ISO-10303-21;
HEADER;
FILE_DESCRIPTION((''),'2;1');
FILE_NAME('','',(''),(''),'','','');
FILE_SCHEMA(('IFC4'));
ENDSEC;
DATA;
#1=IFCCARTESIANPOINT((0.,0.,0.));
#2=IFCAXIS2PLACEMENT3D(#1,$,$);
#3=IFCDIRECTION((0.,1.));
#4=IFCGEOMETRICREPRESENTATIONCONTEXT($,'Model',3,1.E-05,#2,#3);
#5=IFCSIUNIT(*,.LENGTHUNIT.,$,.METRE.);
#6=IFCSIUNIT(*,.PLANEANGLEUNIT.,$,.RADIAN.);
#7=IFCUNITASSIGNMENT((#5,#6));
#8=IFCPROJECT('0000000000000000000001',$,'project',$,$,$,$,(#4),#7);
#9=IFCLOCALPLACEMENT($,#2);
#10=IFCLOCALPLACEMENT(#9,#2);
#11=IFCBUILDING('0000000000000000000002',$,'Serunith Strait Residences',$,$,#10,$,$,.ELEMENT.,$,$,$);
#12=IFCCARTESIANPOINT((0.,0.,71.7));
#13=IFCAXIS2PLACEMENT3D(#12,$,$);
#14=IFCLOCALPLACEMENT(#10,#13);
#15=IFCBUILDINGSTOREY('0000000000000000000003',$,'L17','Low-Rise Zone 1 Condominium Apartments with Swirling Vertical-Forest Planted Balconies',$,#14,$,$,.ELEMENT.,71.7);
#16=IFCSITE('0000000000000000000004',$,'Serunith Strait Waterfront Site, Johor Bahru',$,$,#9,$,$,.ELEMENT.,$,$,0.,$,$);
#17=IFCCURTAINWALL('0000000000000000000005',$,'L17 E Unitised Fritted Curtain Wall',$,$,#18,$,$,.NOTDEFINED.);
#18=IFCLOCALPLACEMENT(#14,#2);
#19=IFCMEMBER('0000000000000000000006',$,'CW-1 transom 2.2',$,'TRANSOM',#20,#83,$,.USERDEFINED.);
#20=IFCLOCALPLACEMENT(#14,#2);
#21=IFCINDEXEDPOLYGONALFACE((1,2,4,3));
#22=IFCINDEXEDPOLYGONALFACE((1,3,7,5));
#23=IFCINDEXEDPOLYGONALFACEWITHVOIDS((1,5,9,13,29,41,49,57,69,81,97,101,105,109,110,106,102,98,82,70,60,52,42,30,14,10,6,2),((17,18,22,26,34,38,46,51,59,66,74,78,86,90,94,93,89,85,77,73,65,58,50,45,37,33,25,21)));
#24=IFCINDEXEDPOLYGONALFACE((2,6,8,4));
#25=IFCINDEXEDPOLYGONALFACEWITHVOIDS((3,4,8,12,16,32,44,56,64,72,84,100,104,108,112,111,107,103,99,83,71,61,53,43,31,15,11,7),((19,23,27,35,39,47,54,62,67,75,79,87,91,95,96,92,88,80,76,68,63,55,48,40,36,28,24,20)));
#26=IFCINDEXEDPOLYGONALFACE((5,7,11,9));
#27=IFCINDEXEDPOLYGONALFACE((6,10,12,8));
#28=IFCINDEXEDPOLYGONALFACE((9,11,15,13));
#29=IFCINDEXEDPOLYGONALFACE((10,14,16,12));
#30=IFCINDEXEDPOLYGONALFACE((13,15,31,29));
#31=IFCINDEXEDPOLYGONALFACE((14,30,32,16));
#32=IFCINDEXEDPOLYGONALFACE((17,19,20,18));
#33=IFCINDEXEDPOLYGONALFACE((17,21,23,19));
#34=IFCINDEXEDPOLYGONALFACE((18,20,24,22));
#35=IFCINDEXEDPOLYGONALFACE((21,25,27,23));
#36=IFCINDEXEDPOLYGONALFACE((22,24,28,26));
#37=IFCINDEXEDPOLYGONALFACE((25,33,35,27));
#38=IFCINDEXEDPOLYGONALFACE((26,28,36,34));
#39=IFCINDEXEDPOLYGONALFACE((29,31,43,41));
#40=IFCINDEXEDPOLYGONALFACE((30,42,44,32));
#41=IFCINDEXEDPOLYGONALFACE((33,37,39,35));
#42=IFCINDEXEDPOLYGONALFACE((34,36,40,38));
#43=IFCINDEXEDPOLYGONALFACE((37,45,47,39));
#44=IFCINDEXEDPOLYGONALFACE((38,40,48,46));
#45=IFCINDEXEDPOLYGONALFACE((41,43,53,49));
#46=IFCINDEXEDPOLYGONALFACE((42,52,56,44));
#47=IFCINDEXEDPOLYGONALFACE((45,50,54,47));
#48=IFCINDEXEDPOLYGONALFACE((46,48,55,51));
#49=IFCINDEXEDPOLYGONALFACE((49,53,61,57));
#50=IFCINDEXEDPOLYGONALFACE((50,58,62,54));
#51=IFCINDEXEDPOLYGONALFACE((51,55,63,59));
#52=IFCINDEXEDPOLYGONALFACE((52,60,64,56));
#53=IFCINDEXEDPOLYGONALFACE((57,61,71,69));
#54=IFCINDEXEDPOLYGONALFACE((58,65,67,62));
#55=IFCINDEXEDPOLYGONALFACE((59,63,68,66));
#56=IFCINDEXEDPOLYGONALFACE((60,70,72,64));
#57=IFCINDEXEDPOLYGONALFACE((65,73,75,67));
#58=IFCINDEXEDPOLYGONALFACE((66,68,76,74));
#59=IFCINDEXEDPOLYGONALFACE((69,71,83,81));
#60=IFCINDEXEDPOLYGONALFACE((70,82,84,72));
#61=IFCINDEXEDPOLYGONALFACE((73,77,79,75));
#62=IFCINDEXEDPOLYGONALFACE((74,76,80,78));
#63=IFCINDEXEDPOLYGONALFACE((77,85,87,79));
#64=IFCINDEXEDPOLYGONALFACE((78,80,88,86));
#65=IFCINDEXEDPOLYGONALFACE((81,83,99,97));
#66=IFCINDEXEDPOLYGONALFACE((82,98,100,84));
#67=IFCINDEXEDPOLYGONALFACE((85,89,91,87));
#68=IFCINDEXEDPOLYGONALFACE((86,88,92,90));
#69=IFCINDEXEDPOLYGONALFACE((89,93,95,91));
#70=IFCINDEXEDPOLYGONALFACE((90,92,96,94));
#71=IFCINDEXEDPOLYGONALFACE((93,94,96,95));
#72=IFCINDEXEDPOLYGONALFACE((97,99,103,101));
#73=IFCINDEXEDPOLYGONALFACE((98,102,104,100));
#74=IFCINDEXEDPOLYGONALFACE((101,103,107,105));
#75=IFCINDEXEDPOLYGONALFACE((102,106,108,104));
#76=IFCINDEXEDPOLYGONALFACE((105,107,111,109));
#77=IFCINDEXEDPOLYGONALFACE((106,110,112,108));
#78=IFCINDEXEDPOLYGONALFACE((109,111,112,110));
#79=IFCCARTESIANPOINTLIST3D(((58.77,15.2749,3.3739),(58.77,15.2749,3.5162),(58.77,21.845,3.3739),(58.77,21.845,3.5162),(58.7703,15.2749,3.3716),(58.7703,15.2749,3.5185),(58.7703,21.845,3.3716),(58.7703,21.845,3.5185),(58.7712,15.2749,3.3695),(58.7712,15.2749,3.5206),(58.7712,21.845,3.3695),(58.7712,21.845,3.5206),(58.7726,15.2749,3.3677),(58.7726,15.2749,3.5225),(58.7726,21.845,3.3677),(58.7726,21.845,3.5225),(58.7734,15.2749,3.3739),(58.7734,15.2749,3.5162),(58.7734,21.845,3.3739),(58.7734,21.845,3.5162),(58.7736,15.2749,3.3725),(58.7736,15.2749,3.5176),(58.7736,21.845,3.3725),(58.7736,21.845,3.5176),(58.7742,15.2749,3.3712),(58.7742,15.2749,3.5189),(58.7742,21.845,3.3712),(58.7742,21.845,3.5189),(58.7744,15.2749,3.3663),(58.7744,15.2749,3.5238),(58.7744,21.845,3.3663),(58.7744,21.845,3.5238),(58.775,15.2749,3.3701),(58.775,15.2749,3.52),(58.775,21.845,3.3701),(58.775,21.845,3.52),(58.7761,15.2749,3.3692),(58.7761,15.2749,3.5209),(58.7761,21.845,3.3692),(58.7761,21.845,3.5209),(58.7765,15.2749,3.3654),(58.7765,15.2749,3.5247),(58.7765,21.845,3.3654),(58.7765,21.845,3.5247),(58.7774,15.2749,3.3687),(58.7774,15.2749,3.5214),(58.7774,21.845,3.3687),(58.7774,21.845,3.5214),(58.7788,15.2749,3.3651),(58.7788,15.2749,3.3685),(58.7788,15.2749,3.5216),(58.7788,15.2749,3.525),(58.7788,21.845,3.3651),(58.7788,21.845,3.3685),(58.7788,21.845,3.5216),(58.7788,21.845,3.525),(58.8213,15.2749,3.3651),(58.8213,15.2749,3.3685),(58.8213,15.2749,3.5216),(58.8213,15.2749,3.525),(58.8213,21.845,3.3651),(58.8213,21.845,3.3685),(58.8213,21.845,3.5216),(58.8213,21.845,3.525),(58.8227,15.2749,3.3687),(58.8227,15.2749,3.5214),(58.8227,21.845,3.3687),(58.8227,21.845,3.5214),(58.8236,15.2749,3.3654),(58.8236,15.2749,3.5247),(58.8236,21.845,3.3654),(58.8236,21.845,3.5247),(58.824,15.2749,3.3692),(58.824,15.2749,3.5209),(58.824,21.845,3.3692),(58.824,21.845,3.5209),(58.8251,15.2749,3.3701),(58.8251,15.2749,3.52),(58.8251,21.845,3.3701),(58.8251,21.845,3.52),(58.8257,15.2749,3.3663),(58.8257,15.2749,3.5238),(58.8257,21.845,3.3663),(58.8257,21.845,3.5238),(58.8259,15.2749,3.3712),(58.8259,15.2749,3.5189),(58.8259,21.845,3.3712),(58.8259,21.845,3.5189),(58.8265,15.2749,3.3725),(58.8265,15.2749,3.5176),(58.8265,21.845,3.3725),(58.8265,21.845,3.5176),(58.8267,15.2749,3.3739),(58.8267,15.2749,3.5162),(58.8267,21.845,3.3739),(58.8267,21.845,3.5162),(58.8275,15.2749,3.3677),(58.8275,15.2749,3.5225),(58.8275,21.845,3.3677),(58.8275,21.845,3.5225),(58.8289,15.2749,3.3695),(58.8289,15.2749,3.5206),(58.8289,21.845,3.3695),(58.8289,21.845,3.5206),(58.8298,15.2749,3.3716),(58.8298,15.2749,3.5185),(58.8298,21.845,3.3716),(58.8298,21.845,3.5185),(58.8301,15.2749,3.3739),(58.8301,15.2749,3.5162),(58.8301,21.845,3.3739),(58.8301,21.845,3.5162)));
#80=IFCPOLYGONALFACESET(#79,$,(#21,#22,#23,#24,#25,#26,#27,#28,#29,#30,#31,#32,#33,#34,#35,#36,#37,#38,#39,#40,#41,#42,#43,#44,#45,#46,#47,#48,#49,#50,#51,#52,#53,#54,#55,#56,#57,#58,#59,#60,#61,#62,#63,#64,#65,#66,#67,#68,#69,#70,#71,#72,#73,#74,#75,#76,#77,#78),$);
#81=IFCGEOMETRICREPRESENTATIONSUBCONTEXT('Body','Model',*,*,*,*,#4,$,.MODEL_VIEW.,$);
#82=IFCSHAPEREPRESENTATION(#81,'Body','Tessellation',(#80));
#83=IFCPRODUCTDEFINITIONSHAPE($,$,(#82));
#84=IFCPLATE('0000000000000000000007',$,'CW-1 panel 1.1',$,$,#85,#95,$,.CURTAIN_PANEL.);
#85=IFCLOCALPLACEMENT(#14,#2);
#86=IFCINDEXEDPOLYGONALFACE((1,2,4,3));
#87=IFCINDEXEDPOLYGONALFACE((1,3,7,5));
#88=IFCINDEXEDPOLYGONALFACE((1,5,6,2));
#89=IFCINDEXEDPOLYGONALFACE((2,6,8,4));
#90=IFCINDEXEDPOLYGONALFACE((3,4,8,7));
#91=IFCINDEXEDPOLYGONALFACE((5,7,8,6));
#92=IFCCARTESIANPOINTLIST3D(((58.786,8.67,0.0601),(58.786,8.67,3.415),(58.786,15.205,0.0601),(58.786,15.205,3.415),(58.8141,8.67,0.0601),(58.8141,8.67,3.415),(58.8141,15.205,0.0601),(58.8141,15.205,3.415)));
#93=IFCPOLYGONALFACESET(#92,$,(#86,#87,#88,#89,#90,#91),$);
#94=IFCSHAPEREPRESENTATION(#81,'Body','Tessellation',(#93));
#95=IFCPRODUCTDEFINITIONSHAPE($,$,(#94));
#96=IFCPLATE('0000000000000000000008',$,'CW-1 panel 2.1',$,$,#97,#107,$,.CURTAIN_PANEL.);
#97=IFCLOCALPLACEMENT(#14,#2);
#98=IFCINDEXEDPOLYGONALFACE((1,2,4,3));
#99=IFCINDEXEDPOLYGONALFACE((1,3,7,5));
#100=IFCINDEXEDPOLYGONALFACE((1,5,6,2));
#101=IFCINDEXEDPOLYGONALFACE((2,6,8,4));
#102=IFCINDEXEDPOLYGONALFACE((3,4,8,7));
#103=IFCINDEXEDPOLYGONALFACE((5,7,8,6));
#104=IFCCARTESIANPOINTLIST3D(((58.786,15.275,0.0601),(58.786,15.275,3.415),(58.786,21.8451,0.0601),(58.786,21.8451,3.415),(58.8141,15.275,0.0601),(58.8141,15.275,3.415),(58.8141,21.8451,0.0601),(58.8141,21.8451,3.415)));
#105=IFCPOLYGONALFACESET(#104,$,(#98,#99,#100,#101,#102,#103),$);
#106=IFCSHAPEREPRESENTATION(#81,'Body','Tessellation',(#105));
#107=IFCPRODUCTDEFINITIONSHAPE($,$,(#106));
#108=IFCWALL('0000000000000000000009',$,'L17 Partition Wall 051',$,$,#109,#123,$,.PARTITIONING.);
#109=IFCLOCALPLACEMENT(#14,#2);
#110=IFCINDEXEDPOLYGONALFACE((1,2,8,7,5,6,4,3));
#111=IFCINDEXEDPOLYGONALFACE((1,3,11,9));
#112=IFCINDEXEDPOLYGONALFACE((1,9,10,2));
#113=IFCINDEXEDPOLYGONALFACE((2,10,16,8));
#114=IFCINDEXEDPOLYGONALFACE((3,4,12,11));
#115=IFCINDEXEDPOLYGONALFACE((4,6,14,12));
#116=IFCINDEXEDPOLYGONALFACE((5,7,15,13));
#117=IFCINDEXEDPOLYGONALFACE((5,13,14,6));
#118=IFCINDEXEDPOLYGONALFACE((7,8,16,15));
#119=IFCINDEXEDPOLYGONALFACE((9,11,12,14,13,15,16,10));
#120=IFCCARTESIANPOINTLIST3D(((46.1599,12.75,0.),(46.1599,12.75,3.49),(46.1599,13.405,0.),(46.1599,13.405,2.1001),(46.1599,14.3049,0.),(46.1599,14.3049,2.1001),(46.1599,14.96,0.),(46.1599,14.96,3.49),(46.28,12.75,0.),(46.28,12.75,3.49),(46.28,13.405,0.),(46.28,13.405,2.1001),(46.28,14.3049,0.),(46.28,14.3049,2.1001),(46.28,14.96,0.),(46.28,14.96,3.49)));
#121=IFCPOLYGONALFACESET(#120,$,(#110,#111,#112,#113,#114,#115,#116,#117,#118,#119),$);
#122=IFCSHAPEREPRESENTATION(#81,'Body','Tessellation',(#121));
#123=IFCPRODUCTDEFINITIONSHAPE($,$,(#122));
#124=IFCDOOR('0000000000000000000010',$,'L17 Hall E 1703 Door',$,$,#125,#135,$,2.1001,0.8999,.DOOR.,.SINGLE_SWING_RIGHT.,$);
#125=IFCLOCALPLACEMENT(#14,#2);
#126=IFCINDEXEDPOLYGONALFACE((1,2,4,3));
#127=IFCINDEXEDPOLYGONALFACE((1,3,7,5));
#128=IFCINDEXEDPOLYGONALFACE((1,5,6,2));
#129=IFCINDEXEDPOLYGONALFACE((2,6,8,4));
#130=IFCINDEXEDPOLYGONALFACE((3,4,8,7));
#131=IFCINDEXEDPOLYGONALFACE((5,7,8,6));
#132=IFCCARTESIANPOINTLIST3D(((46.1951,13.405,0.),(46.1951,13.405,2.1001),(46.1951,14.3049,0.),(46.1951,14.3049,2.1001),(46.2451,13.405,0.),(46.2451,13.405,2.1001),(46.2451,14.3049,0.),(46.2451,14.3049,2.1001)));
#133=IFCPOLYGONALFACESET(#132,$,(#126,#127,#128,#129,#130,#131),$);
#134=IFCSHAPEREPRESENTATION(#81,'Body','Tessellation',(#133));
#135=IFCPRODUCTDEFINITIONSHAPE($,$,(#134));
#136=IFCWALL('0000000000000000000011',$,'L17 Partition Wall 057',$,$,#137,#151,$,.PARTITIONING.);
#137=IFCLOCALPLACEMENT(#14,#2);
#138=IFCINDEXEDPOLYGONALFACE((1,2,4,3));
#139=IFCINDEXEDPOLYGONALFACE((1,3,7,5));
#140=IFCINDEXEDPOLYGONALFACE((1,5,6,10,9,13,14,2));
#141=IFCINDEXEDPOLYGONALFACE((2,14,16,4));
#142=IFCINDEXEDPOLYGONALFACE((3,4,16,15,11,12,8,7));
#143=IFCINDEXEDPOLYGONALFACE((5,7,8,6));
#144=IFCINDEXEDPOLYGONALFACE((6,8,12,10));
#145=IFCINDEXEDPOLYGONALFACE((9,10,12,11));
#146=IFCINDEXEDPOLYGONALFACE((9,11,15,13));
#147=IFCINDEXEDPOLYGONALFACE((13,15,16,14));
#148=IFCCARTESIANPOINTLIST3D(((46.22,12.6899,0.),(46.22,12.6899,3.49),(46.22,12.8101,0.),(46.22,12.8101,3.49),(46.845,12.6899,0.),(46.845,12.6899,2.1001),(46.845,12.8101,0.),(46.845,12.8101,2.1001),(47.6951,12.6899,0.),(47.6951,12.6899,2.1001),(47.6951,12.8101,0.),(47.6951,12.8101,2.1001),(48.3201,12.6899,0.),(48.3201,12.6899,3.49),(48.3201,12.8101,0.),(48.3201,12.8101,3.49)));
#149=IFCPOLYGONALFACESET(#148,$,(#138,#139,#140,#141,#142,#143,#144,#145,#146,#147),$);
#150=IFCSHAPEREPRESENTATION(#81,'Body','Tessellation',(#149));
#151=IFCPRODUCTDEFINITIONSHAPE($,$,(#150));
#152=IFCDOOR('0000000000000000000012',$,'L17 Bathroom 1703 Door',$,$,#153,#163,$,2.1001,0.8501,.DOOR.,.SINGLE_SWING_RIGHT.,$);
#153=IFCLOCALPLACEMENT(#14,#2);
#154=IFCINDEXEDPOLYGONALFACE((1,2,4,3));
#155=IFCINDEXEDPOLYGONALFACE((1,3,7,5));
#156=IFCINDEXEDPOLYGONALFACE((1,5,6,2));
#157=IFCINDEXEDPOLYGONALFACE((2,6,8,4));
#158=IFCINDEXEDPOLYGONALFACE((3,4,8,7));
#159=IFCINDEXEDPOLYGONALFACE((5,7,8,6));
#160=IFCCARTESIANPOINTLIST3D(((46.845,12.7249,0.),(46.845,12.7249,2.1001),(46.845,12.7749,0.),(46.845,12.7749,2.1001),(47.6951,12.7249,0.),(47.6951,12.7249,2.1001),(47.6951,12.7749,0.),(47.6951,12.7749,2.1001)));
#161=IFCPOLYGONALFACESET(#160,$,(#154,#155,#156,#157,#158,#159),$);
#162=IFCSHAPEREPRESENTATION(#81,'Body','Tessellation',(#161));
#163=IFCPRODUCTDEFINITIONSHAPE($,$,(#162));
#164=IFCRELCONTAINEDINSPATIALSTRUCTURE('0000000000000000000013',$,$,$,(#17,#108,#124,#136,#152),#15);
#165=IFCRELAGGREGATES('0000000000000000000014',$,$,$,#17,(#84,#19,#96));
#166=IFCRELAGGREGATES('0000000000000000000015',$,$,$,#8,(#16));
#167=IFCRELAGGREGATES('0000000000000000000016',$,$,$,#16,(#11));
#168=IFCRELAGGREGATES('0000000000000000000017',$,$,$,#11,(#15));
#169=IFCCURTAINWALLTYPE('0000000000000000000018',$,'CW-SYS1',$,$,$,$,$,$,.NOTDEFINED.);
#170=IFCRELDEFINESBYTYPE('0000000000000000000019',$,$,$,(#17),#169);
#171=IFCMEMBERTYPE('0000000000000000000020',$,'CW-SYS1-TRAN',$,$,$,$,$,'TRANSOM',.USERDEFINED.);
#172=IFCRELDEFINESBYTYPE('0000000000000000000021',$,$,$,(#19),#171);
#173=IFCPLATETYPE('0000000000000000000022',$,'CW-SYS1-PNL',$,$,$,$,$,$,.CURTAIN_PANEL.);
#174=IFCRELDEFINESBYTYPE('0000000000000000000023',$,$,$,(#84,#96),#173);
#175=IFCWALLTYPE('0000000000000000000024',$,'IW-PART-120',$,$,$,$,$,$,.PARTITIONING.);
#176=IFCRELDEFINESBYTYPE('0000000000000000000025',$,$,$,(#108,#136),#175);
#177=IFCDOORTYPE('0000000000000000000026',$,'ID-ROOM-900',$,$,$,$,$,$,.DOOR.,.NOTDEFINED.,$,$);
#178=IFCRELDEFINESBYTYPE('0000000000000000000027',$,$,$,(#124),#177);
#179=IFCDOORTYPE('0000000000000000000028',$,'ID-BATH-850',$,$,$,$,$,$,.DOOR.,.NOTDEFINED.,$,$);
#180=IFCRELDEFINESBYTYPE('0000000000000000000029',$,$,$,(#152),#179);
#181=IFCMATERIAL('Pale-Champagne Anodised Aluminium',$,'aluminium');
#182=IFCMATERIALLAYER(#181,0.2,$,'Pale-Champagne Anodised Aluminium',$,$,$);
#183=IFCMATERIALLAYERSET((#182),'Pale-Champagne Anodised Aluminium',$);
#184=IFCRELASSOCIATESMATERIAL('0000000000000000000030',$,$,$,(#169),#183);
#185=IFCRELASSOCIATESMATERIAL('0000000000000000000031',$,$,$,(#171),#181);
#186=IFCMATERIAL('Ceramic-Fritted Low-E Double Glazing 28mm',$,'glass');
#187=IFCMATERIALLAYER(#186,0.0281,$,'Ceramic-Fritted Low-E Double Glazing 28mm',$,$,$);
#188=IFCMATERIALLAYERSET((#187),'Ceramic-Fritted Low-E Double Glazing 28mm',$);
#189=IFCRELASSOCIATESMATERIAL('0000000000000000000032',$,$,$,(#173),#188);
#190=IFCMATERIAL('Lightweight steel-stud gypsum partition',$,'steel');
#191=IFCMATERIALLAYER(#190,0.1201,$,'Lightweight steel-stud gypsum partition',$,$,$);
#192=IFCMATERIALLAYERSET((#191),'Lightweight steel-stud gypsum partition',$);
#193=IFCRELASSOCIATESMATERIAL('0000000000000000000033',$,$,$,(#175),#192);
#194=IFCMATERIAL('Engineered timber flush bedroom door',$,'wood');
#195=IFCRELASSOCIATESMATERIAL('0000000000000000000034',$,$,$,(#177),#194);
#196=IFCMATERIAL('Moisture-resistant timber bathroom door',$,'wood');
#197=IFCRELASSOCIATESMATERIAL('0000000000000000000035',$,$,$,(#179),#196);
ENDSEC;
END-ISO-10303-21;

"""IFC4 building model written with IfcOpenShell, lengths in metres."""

from ifc_helpers import new_model, si_unit, direction, frame, frame_2d, origin, origin_2d, place, context, subcontext, project, spatial, rectangle, hollow_rectangle, extrude, source, transform, mapped, material, layer, layer_set, material_profile, profile_set, type_object, element, fill, aggregate, save


model = new_model("IFC4")

# Units and contexts
model_context = context("Model", 3, precision=1e-05, world=origin(), true_north=direction((0.0, 1.0)))
body_context = subcontext(model_context, "Body", "Model", "MODEL_VIEW")
ifc_project = project(units=[si_unit("LENGTHUNIT", "METRE"), si_unit("PLANEANGLEUNIT", "RADIAN")], contexts=[model_context])

# Site, building, storey
site_placement = place(None, origin())
site = spatial("IfcSite", under=ifc_project, at=site_placement, Name="Serunith Strait Waterfront Site, Johor Bahru", CompositionType="ELEMENT", RefElevation=0.0)
building_placement = place(site_placement, origin())
building = spatial("IfcBuilding", under=site, at=building_placement, Name="Serunith Strait Residences", CompositionType="ELEMENT")
storey_placement = place(building_placement, frame((0.0, 0.0, 71.7)))
storey = spatial("IfcBuildingStorey", under=building, at=storey_placement, Name="L17", Description="Low-Rise Zone 1 Condominium Apartments with Swirling Vertical-Forest Planted Balconies", CompositionType="ELEMENT", Elevation=71.7)

# Curtain wall, member, plates
ifc_material_1 = material(Name="Pale-Champagne Anodised Aluminium", Category="aluminium")
ifc_layer_1 = layer(ifc_material_1, 0.2, Name="Pale-Champagne Anodised Aluminium")
ifc_layer_set_1 = layer_set([ifc_layer_1], Name="Pale-Champagne Anodised Aluminium")
curtain_wall_type = type_object("IfcCurtainWallType", Name="CW-SYS1", PredefinedType="NOTDEFINED", material=ifc_layer_set_1)
curtain_wall_placement = place(storey_placement, origin())
curtain_wall = element("IfcCurtainWall", 1, at=curtain_wall_placement, inside=storey, type_object=curtain_wall_type, Name="L17 E Unitised Fritted Curtain Wall", PredefinedType="NOTDEFINED")
ifc_material_profile_1 = material_profile(ifc_material_1, hollow_rectangle(XDim=0.0601, YDim=0.1599, WallThickness=0.0034, InnerFilletRadius=0.0054, OuterFilletRadius=0.0088, at=origin_2d()), Name="ALU 160x60x3.5")
ifc_profile_set_1 = profile_set([ifc_material_profile_1], Name="Pale-Champagne Anodised Aluminium")
member_type_1 = type_object("IfcMemberType", Name="CW-SYS1-TRAN", ElementType="TRANSOM", PredefinedType="USERDEFINED", material=ifc_profile_set_1)
shared_shape_1 = source(origin(), body_context, "Body", "SweptSolid", [
    extrude(hollow_rectangle(XDim=0.0601, YDim=0.1599, WallThickness=0.0034, InnerFilletRadius=0.0054, OuterFilletRadius=0.0088, at=origin_2d()), origin(), (0.0, 0.0, 1.0), 6.5701),
])
member_1_placement = place(storey_placement, frame((58.8, 15.2749, 3.4451), z_axis=(0.0, 1.0, 0.0), x_axis=(-1.0, 0.0, 0.0)))
member_1 = element("IfcMember", 2, at=member_1_placement, type_object=member_type_1, Name="CW-1 transom 2.2", ObjectType="TRANSOM", PredefinedType="USERDEFINED", context=body_context, shape_type="MappedRepresentation", body=[
    mapped(shared_shape_1, transform((0.0, 0.0, 0.0), scale=1.0)),
])
ifc_material_2 = material(Name="Ceramic-Fritted Low-E Double Glazing 28mm", Category="glass")
ifc_layer_2 = layer(ifc_material_2, 0.0281, Name="Ceramic-Fritted Low-E Double Glazing 28mm")
ifc_layer_set_2 = layer_set([ifc_layer_2], Name="Ceramic-Fritted Low-E Double Glazing 28mm")
plate_type = type_object("IfcPlateType", Name="CW-SYS1-PNL", PredefinedType="CURTAIN_PANEL", material=ifc_layer_set_2)
shared_shape_2 = source(origin(), body_context, "Body", "SweptSolid", [
    extrude(rectangle(XDim=6.5349, YDim=0.0281, at=origin_2d()), origin(), (0.0, 0.0, 1.0), 3.355),
])
plate_1_placement = place(storey_placement, frame((58.8, 11.9375, 0.0601), z_axis=(0.0, 0.0, 1.0), x_axis=(0.0, 1.0, 0.0)))
plate_1 = element("IfcPlate", 3, at=plate_1_placement, type_object=plate_type, Name="CW-1 panel 1.1", PredefinedType="CURTAIN_PANEL", context=body_context, shape_type="MappedRepresentation", body=[
    mapped(shared_shape_2, transform((0.0, 0.0, 0.0), scale=1.0)),
])
shared_shape_3 = source(origin(), body_context, "Body", "SweptSolid", [
    extrude(rectangle(XDim=6.5701, YDim=0.0281, at=origin_2d()), origin(), (0.0, 0.0, 1.0), 3.355),
])
plate_2_placement = place(storey_placement, frame((58.8, 18.5601, 0.0601), z_axis=(0.0, 0.0, 1.0), x_axis=(0.0, 1.0, 0.0)))
plate_2 = element("IfcPlate", 4, at=plate_2_placement, type_object=plate_type, Name="CW-1 panel 2.1", PredefinedType="CURTAIN_PANEL", context=body_context, shape_type="MappedRepresentation", body=[
    mapped(shared_shape_3, transform((0.0, 0.0, 0.0), scale=1.0)),
])
aggregate(curtain_wall, [plate_1, member_1, plate_2])

# Walls, openings, doors
ifc_material_3 = material(Name="Lightweight steel-stud gypsum partition", Category="steel")
ifc_layer_3 = layer(ifc_material_3, 0.1201, Name="Lightweight steel-stud gypsum partition")
ifc_layer_set_3 = layer_set([ifc_layer_3], Name="Lightweight steel-stud gypsum partition")
wall_type = type_object("IfcWallType", Name="IW-PART-120", PredefinedType="PARTITIONING", material=ifc_layer_set_3)
wall_1_placement = place(storey_placement, frame((46.22, 12.75, 0.0), z_axis=(0.0, 0.0, 1.0), x_axis=(0.0, 1.0, 0.0)))
wall_1 = element("IfcWall", 5, at=wall_1_placement, inside=storey, type_object=wall_type, Name="L17 Partition Wall 051", PredefinedType="PARTITIONING", context=body_context, shape_type="SweptSolid", body=[
    extrude(rectangle(XDim=2.21, YDim=0.1201, at=frame_2d((1.105, 0.0))), origin(), (0.0, 0.0, 1.0), 3.49),
])
opening_1_placement = place(wall_1_placement, frame((0.655, 0.0, 0.0)))
opening_1 = element("IfcOpeningElement", 6, at=opening_1_placement, cuts=wall_1, PredefinedType="OPENING", context=body_context, shape_type="SweptSolid", body=[
    extrude(rectangle(XDim=0.8999, YDim=2.1001, at=frame_2d((0.45, 1.05))), frame((0.0, 0.0701, 0.0), z_axis=(0.0, -1.0, 0.0), x_axis=(1.0, 0.0, 0.0)), (0.0, 0.0, 1.0), 0.1401),
])
ifc_material_4 = material(Name="Engineered timber flush bedroom door", Category="wood")
door_type_1 = type_object("IfcDoorType", Name="ID-ROOM-900", OperationType="NOTDEFINED", PredefinedType="DOOR", material=ifc_material_4)
shared_shape_4 = source(origin(), body_context, "Body", "SweptSolid", [
    extrude(rectangle(XDim=0.8999, YDim=2.1001, at=frame_2d((0.45, 1.05))), frame((0.0, 0.0249, 0.0), z_axis=(0.0, -1.0, 0.0), x_axis=(1.0, 0.0, 0.0)), (0.0, 0.0, 1.0), 0.05),
])
door_1_placement = place(opening_1_placement, origin())
door_1 = element("IfcDoor", 7, at=door_1_placement, inside=storey, type_object=door_type_1, Name="L17 Hall E 1703 Door", OperationType="SINGLE_SWING_RIGHT", OverallHeight=2.1001, OverallWidth=0.8999, PredefinedType="DOOR", context=body_context, shape_type="MappedRepresentation", body=[
    mapped(shared_shape_4, transform((0.0, 0.0, 0.0), scale=1.0)),
])
fill(opening_1, door_1)
wall_2_placement = place(storey_placement, frame((46.22, 12.75, 0.0), z_axis=(0.0, 0.0, 1.0), x_axis=(1.0, 0.0, 0.0)))
wall_2 = element("IfcWall", 8, at=wall_2_placement, inside=storey, type_object=wall_type, Name="L17 Partition Wall 057", PredefinedType="PARTITIONING", context=body_context, shape_type="SweptSolid", body=[
    extrude(rectangle(XDim=2.1001, YDim=0.1201, at=frame_2d((1.05, 0.0))), origin(), (0.0, 0.0, 1.0), 3.49),
])
opening_2_placement = place(wall_2_placement, frame((0.625, 0.0, 0.0)))
opening_2 = element("IfcOpeningElement", 9, at=opening_2_placement, cuts=wall_2, PredefinedType="OPENING", context=body_context, shape_type="SweptSolid", body=[
    extrude(rectangle(XDim=0.8501, YDim=2.1001, at=frame_2d((0.425, 1.05))), frame((0.0, 0.0701, 0.0), z_axis=(0.0, -1.0, 0.0), x_axis=(1.0, 0.0, 0.0)), (0.0, 0.0, 1.0), 0.1401),
])
ifc_material_5 = material(Name="Moisture-resistant timber bathroom door", Category="wood")
door_type_2 = type_object("IfcDoorType", Name="ID-BATH-850", OperationType="NOTDEFINED", PredefinedType="DOOR", material=ifc_material_5)
shared_shape_5 = source(origin(), body_context, "Body", "SweptSolid", [
    extrude(rectangle(XDim=0.8501, YDim=2.1001, at=frame_2d((0.425, 1.05))), frame((0.0, 0.0249, 0.0), z_axis=(0.0, -1.0, 0.0), x_axis=(1.0, 0.0, 0.0)), (0.0, 0.0, 1.0), 0.05),
])
door_2_placement = place(opening_2_placement, origin())
door_2 = element("IfcDoor", 10, at=door_2_placement, inside=storey, type_object=door_type_2, Name="L17 Bathroom 1703 Door", OperationType="SINGLE_SWING_RIGHT", OverallHeight=2.1001, OverallWidth=0.8501, PredefinedType="DOOR", context=body_context, shape_type="MappedRepresentation", body=[
    mapped(shared_shape_5, transform((0.0, 0.0, 0.0), scale=1.0)),
])
fill(opening_2, door_2)

save(model, "model.ifc")
